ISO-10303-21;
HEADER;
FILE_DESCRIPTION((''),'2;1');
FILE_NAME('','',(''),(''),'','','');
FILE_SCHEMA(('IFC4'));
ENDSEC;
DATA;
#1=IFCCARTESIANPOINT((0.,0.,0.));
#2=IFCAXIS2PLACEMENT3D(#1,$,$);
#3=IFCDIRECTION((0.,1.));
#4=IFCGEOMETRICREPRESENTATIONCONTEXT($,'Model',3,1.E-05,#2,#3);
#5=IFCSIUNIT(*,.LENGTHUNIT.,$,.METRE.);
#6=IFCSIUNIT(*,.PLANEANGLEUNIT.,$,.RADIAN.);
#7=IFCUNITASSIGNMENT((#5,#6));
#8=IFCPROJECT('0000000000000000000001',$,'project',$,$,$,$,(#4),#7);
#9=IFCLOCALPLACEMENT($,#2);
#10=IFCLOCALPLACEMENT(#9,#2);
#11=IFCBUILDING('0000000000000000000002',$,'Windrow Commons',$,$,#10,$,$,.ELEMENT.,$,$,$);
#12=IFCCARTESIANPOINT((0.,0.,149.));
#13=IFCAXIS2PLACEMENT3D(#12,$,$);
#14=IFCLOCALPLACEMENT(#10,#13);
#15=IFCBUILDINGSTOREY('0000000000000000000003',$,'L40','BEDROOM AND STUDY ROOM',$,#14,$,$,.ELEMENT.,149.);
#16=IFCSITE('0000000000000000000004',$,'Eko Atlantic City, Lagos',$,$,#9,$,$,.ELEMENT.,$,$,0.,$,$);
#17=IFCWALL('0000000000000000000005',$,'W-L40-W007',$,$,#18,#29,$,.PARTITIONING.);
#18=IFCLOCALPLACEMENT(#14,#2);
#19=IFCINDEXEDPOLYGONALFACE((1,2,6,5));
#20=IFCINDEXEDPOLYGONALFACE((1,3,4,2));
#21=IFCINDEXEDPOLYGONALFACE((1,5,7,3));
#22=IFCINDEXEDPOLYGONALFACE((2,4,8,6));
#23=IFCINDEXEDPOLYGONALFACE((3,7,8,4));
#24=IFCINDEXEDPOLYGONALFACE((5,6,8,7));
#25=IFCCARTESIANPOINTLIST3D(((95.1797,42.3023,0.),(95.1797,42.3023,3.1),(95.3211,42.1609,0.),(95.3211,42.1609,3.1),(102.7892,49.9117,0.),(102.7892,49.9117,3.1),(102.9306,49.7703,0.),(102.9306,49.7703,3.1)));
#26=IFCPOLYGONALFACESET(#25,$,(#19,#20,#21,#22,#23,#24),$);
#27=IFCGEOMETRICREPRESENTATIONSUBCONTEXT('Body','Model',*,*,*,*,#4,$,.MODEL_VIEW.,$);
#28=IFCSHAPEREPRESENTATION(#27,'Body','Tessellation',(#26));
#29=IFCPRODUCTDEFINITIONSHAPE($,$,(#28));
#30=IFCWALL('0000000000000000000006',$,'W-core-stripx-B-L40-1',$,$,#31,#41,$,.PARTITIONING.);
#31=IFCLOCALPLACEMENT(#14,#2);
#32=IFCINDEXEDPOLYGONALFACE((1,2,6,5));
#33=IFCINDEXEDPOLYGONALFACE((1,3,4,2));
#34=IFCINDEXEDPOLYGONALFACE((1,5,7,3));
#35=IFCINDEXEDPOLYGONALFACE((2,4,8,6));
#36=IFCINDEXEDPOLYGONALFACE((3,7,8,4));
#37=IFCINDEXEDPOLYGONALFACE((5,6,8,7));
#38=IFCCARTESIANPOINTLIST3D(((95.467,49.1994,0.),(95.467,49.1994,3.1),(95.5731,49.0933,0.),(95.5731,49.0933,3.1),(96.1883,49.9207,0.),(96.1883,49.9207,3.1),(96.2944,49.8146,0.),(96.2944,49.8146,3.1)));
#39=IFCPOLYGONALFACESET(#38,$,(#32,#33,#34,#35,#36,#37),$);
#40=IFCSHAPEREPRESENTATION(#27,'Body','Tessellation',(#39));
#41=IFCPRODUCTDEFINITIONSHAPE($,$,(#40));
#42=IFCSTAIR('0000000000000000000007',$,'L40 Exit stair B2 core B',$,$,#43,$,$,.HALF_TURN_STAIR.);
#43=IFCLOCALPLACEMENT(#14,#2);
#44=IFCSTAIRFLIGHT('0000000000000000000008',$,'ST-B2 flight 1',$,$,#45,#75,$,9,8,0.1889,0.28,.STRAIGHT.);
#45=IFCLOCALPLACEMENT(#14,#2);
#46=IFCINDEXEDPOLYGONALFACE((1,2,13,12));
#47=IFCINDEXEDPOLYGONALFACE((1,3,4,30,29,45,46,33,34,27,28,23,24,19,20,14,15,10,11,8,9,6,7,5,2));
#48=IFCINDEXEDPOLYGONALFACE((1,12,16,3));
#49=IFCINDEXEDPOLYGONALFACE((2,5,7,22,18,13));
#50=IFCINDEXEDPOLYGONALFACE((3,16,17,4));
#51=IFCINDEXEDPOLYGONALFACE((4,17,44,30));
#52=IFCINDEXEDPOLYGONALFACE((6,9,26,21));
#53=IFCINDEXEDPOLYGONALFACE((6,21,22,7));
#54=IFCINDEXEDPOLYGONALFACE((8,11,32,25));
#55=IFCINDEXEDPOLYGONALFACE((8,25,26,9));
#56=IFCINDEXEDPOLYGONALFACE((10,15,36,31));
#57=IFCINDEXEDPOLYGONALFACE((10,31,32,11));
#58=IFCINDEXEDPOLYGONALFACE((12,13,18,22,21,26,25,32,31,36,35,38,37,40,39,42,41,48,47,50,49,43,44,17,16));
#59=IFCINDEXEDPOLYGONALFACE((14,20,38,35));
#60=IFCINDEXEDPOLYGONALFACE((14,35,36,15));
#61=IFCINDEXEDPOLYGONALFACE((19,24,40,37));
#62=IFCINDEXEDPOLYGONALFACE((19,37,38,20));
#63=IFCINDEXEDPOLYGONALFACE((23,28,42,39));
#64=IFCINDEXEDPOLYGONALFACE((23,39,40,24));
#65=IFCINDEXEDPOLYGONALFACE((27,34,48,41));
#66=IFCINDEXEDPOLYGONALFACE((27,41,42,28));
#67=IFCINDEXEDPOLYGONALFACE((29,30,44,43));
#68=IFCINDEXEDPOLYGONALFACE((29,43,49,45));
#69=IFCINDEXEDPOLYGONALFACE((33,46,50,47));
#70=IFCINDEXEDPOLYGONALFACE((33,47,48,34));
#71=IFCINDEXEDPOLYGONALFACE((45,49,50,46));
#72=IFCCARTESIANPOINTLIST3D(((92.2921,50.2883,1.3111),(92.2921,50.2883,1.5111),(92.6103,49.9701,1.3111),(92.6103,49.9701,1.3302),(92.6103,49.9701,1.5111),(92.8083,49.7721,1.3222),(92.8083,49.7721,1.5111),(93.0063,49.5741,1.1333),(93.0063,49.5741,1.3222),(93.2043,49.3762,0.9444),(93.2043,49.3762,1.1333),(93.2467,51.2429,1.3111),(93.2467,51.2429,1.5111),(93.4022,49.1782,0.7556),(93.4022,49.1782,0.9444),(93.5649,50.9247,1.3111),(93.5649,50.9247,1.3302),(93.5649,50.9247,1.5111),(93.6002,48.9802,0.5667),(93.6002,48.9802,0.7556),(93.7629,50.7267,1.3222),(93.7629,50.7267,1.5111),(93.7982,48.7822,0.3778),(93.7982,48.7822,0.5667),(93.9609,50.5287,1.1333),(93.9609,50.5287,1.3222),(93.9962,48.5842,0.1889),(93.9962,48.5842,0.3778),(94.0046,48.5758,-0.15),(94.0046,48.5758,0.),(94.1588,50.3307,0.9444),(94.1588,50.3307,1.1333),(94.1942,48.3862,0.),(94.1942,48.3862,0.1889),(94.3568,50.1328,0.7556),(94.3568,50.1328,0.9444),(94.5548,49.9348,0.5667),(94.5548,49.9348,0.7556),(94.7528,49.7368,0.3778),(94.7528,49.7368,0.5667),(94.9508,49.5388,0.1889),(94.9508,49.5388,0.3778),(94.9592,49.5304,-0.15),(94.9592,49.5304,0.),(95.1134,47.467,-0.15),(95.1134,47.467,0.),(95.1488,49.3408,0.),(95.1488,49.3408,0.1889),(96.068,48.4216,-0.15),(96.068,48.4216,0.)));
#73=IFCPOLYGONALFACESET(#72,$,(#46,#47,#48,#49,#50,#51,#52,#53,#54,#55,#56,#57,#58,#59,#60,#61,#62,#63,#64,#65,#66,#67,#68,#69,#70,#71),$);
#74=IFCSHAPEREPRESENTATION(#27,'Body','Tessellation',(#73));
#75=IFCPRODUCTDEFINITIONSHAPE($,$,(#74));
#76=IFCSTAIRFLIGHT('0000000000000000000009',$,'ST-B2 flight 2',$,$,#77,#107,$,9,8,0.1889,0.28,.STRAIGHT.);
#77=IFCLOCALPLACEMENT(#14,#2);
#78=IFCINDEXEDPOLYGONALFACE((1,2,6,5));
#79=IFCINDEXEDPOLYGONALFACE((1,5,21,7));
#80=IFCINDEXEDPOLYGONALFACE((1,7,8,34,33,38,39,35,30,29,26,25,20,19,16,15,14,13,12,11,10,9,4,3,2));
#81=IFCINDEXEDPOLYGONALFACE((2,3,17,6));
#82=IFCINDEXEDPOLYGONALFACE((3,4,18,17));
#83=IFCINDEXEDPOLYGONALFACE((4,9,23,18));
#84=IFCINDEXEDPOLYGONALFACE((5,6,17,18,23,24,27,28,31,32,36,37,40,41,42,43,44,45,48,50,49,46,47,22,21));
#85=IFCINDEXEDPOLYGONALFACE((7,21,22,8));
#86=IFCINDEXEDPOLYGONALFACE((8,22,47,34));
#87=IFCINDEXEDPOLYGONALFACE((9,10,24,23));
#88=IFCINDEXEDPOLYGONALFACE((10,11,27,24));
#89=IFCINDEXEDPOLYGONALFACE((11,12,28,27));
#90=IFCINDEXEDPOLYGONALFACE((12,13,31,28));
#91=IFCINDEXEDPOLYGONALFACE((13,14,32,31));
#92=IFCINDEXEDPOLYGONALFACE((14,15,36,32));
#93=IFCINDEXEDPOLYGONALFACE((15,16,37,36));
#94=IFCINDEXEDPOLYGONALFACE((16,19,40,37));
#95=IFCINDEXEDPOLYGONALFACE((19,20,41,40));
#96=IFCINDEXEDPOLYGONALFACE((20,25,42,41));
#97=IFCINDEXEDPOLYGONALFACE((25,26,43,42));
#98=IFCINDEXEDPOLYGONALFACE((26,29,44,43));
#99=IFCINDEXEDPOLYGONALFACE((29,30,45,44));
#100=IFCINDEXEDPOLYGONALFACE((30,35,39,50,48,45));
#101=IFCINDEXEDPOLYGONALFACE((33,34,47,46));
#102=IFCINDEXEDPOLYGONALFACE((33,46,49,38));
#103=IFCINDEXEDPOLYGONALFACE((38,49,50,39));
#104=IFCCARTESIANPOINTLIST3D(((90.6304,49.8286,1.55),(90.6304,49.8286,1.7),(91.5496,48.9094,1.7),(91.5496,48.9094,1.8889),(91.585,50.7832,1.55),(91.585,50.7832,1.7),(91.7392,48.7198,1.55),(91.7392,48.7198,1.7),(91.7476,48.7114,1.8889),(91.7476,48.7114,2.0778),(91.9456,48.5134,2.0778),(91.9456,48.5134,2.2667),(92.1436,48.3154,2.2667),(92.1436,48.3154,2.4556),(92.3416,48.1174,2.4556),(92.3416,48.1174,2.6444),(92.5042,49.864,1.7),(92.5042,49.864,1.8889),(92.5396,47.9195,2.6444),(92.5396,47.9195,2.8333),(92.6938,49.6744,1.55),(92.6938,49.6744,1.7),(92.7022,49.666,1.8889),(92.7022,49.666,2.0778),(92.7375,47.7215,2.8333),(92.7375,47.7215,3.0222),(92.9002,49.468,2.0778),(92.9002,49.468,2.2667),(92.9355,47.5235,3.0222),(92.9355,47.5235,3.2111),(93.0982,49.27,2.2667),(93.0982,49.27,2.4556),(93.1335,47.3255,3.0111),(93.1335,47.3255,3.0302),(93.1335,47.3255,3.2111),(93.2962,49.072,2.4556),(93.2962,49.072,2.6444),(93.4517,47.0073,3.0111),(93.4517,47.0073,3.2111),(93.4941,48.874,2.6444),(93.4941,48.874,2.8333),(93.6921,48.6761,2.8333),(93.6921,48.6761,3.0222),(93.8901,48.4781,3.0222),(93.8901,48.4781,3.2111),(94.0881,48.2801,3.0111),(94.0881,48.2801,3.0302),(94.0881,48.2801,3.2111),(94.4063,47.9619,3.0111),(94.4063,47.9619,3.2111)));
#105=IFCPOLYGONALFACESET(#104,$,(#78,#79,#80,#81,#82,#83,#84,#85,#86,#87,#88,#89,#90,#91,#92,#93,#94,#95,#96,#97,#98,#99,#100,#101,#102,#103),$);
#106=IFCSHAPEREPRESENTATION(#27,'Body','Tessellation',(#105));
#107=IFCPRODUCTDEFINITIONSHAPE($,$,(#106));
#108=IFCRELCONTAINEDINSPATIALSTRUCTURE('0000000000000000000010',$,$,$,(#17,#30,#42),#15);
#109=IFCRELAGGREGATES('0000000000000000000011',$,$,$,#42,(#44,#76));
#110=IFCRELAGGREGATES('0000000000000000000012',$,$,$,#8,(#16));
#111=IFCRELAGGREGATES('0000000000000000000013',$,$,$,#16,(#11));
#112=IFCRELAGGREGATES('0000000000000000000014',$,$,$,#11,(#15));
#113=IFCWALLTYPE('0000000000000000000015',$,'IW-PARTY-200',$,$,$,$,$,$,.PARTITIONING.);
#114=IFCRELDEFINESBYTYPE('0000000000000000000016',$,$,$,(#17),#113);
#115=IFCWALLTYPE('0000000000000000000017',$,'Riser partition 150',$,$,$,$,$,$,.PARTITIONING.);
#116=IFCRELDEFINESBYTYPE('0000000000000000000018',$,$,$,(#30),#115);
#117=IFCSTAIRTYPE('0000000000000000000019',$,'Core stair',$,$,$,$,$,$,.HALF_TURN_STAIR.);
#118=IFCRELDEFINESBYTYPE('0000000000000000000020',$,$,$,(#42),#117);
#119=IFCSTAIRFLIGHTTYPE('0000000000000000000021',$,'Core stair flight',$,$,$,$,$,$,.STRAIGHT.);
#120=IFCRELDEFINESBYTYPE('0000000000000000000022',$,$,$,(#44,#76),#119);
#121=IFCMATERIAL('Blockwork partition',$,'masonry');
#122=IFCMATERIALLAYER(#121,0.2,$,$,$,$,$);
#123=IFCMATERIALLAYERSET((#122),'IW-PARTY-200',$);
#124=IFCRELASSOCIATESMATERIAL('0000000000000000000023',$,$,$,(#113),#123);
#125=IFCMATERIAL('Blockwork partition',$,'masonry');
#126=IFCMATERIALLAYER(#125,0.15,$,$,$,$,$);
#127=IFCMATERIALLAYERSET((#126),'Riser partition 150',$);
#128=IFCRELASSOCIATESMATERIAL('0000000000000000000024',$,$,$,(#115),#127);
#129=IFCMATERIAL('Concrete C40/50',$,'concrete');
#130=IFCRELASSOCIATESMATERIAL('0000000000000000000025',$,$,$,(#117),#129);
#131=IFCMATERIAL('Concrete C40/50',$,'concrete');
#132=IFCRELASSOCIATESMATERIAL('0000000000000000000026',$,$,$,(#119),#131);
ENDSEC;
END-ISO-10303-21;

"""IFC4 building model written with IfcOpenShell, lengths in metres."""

from ifc_helpers import new_model, si_unit, direction, frame, frame_2d, origin, place, context, subcontext, project, spatial, polyline, rectangle, outline, extrude, material, layer, layer_set, type_object, element, aggregate, save


model = new_model("IFC4")

# Units and contexts
model_context = context("Model", 3, precision=1e-05, world=origin(), true_north=direction((0.0, 1.0)))
body_context = subcontext(model_context, "Body", "Model", "MODEL_VIEW")
ifc_project = project(units=[si_unit("LENGTHUNIT", "METRE"), si_unit("PLANEANGLEUNIT", "RADIAN")], contexts=[model_context])

# Site, building, storey
site_placement = place(None, origin())
site = spatial("IfcSite", under=ifc_project, at=site_placement, Name="Eko Atlantic City, Lagos", CompositionType="ELEMENT", RefElevation=0.0)
building_placement = place(site_placement, origin())
building = spatial("IfcBuilding", under=site, at=building_placement, Name="Windrow Commons", CompositionType="ELEMENT")
storey_placement = place(building_placement, frame((0.0, 0.0, 149.0)))
storey = spatial("IfcBuildingStorey", under=building, at=storey_placement, Name="L40", Description="BEDROOM AND STUDY ROOM", CompositionType="ELEMENT", Elevation=149.0)

# Walls
ifc_material_1 = material(Name="Blockwork partition", Category="masonry")
ifc_layer_1 = layer(ifc_material_1, 0.2)
ifc_layer_set_1 = layer_set([ifc_layer_1], Name="IW-PARTY-200")
wall_type_1 = type_object("IfcWallType", Name="IW-PARTY-200", PredefinedType="PARTITIONING", material=ifc_layer_set_1)
wall_1_placement = place(storey_placement, frame((95.2504, 42.2316, 0.0), z_axis=(0.0, 0.0, 1.0), x_axis=(0.707111, 0.707102, 0.0)))
element("IfcWall", 1, at=wall_1_placement, inside=storey, type_object=wall_type_1, Name="W-L40-W007", PredefinedType="PARTITIONING", context=body_context, shape_type="SweptSolid", body=[
    extrude(rectangle(XDim=10.7614, YDim=0.2, at=frame_2d((5.3807, 0.0))), origin(), (0.0, 0.0, 1.0), 3.1),
])
ifc_material_2 = material(Name="Blockwork partition", Category="masonry")
ifc_layer_2 = layer(ifc_material_2, 0.15)
ifc_layer_set_2 = layer_set([ifc_layer_2], Name="Riser partition 150")
wall_type_2 = type_object("IfcWallType", Name="Riser partition 150", PredefinedType="PARTITIONING", material=ifc_layer_set_2)
wall_2_placement = place(storey_placement, frame((95.52, 49.1463, 0.0), z_axis=(0.0, 0.0, 1.0), x_axis=(0.707107, 0.707107, 0.0)))
element("IfcWall", 2, at=wall_2_placement, inside=storey, type_object=wall_type_2, Name="W-core-stripx-B-L40-1", PredefinedType="PARTITIONING", context=body_context, shape_type="SweptSolid", body=[
    extrude(rectangle(XDim=1.0201, YDim=0.15, at=frame_2d((0.5101, 0.0))), origin(), (0.0, 0.0, 1.0), 3.1),
])

# Stair, stair flights
ifc_material_3 = material(Name="Concrete C40/50", Category="concrete")
stair_type = type_object("IfcStairType", Name="Core stair", PredefinedType="HALF_TURN_STAIR", material=ifc_material_3)
stair_placement = place(storey_placement, origin())
stair = element("IfcStair", 3, at=stair_placement, inside=storey, type_object=stair_type, Name="L40 Exit stair B2 core B", PredefinedType="HALF_TURN_STAIR")
ifc_material_4 = material(Name="Concrete C40/50", Category="concrete")
stair_flight_type = type_object("IfcStairFlightType", Name="Core stair flight", PredefinedType="STRAIGHT", material=ifc_material_4)
stair_flight_1_placement = place(storey_placement, frame((94.6715, 48.8635, 0.0), z_axis=(0.0, 0.0, 1.0), x_axis=(-0.707107, 0.707107, 0.0)))
stair_flight_1 = element("IfcStairFlight", 4, at=stair_flight_1_placement, type_object=stair_flight_type, Name="ST-B2 flight 1", NumberOfRisers=9, NumberOfTreads=8, PredefinedType="STRAIGHT", RiserHeight=0.1889, TreadLength=0.28, context=body_context, shape_type="SweptSolid", body=[
    extrude(outline(polyline([(-1.3, -0.15), (-1.3, 0.0), (0.0, 0.0), (0.0, 0.1889), (0.28, 0.1889), (0.28, 0.3778), (0.56, 0.3778), (0.56, 0.5667), (0.84, 0.5667), (0.84, 0.7556), (1.12, 0.7556), (1.12, 0.9444), (1.4, 0.9444), (1.4, 1.1333), (1.68, 1.1333), (1.68, 1.3222), (1.96, 1.3222), (1.96, 1.5111), (2.24, 1.5111), (2.69, 1.5111), (2.69, 1.3111), (2.24, 1.3111), (2.24, 1.3302), (0.2682, 0.0), (0.2682, -0.15), (-1.3, -0.15)])), frame((0.0, 0.675, 0.0), z_axis=(0.0, -1.0, 0.0), x_axis=(1.0, 0.0, 0.0)), (0.0, 0.0, 1.0), 1.35),
])
stair_flight_2_placement = place(storey_placement, frame((92.0269, 49.3867, 1.7), z_axis=(0.0, 0.0, 1.0), x_axis=(0.707107, -0.707107, 0.0)))
stair_flight_2 = element("IfcStairFlight", 5, at=stair_flight_2_placement, type_object=stair_flight_type, Name="ST-B2 flight 2", NumberOfRisers=9, NumberOfTreads=8, PredefinedType="STRAIGHT", RiserHeight=0.1889, TreadLength=0.28, context=body_context, shape_type="SweptSolid", body=[
    extrude(outline(polyline([(-1.3, -0.15), (-1.3, 0.0), (0.0, 0.0), (0.0, 0.1889), (0.28, 0.1889), (0.28, 0.3778), (0.56, 0.3778), (0.56, 0.5667), (0.84, 0.5667), (0.84, 0.7556), (1.12, 0.7556), (1.12, 0.9444), (1.4, 0.9444), (1.4, 1.1333), (1.68, 1.1333), (1.68, 1.3222), (1.96, 1.3222), (1.96, 1.5111), (2.24, 1.5111), (2.69, 1.5111), (2.69, 1.3111), (2.24, 1.3111), (2.24, 1.3302), (0.2682, 0.0), (0.2682, -0.15), (-1.3, -0.15)])), frame((0.0, 0.675, 0.0), z_axis=(0.0, -1.0, 0.0), x_axis=(1.0, 0.0, 0.0)), (0.0, 0.0, 1.0), 1.35),
])
aggregate(stair, [stair_flight_1, stair_flight_2])

save(model, "model.ifc")
